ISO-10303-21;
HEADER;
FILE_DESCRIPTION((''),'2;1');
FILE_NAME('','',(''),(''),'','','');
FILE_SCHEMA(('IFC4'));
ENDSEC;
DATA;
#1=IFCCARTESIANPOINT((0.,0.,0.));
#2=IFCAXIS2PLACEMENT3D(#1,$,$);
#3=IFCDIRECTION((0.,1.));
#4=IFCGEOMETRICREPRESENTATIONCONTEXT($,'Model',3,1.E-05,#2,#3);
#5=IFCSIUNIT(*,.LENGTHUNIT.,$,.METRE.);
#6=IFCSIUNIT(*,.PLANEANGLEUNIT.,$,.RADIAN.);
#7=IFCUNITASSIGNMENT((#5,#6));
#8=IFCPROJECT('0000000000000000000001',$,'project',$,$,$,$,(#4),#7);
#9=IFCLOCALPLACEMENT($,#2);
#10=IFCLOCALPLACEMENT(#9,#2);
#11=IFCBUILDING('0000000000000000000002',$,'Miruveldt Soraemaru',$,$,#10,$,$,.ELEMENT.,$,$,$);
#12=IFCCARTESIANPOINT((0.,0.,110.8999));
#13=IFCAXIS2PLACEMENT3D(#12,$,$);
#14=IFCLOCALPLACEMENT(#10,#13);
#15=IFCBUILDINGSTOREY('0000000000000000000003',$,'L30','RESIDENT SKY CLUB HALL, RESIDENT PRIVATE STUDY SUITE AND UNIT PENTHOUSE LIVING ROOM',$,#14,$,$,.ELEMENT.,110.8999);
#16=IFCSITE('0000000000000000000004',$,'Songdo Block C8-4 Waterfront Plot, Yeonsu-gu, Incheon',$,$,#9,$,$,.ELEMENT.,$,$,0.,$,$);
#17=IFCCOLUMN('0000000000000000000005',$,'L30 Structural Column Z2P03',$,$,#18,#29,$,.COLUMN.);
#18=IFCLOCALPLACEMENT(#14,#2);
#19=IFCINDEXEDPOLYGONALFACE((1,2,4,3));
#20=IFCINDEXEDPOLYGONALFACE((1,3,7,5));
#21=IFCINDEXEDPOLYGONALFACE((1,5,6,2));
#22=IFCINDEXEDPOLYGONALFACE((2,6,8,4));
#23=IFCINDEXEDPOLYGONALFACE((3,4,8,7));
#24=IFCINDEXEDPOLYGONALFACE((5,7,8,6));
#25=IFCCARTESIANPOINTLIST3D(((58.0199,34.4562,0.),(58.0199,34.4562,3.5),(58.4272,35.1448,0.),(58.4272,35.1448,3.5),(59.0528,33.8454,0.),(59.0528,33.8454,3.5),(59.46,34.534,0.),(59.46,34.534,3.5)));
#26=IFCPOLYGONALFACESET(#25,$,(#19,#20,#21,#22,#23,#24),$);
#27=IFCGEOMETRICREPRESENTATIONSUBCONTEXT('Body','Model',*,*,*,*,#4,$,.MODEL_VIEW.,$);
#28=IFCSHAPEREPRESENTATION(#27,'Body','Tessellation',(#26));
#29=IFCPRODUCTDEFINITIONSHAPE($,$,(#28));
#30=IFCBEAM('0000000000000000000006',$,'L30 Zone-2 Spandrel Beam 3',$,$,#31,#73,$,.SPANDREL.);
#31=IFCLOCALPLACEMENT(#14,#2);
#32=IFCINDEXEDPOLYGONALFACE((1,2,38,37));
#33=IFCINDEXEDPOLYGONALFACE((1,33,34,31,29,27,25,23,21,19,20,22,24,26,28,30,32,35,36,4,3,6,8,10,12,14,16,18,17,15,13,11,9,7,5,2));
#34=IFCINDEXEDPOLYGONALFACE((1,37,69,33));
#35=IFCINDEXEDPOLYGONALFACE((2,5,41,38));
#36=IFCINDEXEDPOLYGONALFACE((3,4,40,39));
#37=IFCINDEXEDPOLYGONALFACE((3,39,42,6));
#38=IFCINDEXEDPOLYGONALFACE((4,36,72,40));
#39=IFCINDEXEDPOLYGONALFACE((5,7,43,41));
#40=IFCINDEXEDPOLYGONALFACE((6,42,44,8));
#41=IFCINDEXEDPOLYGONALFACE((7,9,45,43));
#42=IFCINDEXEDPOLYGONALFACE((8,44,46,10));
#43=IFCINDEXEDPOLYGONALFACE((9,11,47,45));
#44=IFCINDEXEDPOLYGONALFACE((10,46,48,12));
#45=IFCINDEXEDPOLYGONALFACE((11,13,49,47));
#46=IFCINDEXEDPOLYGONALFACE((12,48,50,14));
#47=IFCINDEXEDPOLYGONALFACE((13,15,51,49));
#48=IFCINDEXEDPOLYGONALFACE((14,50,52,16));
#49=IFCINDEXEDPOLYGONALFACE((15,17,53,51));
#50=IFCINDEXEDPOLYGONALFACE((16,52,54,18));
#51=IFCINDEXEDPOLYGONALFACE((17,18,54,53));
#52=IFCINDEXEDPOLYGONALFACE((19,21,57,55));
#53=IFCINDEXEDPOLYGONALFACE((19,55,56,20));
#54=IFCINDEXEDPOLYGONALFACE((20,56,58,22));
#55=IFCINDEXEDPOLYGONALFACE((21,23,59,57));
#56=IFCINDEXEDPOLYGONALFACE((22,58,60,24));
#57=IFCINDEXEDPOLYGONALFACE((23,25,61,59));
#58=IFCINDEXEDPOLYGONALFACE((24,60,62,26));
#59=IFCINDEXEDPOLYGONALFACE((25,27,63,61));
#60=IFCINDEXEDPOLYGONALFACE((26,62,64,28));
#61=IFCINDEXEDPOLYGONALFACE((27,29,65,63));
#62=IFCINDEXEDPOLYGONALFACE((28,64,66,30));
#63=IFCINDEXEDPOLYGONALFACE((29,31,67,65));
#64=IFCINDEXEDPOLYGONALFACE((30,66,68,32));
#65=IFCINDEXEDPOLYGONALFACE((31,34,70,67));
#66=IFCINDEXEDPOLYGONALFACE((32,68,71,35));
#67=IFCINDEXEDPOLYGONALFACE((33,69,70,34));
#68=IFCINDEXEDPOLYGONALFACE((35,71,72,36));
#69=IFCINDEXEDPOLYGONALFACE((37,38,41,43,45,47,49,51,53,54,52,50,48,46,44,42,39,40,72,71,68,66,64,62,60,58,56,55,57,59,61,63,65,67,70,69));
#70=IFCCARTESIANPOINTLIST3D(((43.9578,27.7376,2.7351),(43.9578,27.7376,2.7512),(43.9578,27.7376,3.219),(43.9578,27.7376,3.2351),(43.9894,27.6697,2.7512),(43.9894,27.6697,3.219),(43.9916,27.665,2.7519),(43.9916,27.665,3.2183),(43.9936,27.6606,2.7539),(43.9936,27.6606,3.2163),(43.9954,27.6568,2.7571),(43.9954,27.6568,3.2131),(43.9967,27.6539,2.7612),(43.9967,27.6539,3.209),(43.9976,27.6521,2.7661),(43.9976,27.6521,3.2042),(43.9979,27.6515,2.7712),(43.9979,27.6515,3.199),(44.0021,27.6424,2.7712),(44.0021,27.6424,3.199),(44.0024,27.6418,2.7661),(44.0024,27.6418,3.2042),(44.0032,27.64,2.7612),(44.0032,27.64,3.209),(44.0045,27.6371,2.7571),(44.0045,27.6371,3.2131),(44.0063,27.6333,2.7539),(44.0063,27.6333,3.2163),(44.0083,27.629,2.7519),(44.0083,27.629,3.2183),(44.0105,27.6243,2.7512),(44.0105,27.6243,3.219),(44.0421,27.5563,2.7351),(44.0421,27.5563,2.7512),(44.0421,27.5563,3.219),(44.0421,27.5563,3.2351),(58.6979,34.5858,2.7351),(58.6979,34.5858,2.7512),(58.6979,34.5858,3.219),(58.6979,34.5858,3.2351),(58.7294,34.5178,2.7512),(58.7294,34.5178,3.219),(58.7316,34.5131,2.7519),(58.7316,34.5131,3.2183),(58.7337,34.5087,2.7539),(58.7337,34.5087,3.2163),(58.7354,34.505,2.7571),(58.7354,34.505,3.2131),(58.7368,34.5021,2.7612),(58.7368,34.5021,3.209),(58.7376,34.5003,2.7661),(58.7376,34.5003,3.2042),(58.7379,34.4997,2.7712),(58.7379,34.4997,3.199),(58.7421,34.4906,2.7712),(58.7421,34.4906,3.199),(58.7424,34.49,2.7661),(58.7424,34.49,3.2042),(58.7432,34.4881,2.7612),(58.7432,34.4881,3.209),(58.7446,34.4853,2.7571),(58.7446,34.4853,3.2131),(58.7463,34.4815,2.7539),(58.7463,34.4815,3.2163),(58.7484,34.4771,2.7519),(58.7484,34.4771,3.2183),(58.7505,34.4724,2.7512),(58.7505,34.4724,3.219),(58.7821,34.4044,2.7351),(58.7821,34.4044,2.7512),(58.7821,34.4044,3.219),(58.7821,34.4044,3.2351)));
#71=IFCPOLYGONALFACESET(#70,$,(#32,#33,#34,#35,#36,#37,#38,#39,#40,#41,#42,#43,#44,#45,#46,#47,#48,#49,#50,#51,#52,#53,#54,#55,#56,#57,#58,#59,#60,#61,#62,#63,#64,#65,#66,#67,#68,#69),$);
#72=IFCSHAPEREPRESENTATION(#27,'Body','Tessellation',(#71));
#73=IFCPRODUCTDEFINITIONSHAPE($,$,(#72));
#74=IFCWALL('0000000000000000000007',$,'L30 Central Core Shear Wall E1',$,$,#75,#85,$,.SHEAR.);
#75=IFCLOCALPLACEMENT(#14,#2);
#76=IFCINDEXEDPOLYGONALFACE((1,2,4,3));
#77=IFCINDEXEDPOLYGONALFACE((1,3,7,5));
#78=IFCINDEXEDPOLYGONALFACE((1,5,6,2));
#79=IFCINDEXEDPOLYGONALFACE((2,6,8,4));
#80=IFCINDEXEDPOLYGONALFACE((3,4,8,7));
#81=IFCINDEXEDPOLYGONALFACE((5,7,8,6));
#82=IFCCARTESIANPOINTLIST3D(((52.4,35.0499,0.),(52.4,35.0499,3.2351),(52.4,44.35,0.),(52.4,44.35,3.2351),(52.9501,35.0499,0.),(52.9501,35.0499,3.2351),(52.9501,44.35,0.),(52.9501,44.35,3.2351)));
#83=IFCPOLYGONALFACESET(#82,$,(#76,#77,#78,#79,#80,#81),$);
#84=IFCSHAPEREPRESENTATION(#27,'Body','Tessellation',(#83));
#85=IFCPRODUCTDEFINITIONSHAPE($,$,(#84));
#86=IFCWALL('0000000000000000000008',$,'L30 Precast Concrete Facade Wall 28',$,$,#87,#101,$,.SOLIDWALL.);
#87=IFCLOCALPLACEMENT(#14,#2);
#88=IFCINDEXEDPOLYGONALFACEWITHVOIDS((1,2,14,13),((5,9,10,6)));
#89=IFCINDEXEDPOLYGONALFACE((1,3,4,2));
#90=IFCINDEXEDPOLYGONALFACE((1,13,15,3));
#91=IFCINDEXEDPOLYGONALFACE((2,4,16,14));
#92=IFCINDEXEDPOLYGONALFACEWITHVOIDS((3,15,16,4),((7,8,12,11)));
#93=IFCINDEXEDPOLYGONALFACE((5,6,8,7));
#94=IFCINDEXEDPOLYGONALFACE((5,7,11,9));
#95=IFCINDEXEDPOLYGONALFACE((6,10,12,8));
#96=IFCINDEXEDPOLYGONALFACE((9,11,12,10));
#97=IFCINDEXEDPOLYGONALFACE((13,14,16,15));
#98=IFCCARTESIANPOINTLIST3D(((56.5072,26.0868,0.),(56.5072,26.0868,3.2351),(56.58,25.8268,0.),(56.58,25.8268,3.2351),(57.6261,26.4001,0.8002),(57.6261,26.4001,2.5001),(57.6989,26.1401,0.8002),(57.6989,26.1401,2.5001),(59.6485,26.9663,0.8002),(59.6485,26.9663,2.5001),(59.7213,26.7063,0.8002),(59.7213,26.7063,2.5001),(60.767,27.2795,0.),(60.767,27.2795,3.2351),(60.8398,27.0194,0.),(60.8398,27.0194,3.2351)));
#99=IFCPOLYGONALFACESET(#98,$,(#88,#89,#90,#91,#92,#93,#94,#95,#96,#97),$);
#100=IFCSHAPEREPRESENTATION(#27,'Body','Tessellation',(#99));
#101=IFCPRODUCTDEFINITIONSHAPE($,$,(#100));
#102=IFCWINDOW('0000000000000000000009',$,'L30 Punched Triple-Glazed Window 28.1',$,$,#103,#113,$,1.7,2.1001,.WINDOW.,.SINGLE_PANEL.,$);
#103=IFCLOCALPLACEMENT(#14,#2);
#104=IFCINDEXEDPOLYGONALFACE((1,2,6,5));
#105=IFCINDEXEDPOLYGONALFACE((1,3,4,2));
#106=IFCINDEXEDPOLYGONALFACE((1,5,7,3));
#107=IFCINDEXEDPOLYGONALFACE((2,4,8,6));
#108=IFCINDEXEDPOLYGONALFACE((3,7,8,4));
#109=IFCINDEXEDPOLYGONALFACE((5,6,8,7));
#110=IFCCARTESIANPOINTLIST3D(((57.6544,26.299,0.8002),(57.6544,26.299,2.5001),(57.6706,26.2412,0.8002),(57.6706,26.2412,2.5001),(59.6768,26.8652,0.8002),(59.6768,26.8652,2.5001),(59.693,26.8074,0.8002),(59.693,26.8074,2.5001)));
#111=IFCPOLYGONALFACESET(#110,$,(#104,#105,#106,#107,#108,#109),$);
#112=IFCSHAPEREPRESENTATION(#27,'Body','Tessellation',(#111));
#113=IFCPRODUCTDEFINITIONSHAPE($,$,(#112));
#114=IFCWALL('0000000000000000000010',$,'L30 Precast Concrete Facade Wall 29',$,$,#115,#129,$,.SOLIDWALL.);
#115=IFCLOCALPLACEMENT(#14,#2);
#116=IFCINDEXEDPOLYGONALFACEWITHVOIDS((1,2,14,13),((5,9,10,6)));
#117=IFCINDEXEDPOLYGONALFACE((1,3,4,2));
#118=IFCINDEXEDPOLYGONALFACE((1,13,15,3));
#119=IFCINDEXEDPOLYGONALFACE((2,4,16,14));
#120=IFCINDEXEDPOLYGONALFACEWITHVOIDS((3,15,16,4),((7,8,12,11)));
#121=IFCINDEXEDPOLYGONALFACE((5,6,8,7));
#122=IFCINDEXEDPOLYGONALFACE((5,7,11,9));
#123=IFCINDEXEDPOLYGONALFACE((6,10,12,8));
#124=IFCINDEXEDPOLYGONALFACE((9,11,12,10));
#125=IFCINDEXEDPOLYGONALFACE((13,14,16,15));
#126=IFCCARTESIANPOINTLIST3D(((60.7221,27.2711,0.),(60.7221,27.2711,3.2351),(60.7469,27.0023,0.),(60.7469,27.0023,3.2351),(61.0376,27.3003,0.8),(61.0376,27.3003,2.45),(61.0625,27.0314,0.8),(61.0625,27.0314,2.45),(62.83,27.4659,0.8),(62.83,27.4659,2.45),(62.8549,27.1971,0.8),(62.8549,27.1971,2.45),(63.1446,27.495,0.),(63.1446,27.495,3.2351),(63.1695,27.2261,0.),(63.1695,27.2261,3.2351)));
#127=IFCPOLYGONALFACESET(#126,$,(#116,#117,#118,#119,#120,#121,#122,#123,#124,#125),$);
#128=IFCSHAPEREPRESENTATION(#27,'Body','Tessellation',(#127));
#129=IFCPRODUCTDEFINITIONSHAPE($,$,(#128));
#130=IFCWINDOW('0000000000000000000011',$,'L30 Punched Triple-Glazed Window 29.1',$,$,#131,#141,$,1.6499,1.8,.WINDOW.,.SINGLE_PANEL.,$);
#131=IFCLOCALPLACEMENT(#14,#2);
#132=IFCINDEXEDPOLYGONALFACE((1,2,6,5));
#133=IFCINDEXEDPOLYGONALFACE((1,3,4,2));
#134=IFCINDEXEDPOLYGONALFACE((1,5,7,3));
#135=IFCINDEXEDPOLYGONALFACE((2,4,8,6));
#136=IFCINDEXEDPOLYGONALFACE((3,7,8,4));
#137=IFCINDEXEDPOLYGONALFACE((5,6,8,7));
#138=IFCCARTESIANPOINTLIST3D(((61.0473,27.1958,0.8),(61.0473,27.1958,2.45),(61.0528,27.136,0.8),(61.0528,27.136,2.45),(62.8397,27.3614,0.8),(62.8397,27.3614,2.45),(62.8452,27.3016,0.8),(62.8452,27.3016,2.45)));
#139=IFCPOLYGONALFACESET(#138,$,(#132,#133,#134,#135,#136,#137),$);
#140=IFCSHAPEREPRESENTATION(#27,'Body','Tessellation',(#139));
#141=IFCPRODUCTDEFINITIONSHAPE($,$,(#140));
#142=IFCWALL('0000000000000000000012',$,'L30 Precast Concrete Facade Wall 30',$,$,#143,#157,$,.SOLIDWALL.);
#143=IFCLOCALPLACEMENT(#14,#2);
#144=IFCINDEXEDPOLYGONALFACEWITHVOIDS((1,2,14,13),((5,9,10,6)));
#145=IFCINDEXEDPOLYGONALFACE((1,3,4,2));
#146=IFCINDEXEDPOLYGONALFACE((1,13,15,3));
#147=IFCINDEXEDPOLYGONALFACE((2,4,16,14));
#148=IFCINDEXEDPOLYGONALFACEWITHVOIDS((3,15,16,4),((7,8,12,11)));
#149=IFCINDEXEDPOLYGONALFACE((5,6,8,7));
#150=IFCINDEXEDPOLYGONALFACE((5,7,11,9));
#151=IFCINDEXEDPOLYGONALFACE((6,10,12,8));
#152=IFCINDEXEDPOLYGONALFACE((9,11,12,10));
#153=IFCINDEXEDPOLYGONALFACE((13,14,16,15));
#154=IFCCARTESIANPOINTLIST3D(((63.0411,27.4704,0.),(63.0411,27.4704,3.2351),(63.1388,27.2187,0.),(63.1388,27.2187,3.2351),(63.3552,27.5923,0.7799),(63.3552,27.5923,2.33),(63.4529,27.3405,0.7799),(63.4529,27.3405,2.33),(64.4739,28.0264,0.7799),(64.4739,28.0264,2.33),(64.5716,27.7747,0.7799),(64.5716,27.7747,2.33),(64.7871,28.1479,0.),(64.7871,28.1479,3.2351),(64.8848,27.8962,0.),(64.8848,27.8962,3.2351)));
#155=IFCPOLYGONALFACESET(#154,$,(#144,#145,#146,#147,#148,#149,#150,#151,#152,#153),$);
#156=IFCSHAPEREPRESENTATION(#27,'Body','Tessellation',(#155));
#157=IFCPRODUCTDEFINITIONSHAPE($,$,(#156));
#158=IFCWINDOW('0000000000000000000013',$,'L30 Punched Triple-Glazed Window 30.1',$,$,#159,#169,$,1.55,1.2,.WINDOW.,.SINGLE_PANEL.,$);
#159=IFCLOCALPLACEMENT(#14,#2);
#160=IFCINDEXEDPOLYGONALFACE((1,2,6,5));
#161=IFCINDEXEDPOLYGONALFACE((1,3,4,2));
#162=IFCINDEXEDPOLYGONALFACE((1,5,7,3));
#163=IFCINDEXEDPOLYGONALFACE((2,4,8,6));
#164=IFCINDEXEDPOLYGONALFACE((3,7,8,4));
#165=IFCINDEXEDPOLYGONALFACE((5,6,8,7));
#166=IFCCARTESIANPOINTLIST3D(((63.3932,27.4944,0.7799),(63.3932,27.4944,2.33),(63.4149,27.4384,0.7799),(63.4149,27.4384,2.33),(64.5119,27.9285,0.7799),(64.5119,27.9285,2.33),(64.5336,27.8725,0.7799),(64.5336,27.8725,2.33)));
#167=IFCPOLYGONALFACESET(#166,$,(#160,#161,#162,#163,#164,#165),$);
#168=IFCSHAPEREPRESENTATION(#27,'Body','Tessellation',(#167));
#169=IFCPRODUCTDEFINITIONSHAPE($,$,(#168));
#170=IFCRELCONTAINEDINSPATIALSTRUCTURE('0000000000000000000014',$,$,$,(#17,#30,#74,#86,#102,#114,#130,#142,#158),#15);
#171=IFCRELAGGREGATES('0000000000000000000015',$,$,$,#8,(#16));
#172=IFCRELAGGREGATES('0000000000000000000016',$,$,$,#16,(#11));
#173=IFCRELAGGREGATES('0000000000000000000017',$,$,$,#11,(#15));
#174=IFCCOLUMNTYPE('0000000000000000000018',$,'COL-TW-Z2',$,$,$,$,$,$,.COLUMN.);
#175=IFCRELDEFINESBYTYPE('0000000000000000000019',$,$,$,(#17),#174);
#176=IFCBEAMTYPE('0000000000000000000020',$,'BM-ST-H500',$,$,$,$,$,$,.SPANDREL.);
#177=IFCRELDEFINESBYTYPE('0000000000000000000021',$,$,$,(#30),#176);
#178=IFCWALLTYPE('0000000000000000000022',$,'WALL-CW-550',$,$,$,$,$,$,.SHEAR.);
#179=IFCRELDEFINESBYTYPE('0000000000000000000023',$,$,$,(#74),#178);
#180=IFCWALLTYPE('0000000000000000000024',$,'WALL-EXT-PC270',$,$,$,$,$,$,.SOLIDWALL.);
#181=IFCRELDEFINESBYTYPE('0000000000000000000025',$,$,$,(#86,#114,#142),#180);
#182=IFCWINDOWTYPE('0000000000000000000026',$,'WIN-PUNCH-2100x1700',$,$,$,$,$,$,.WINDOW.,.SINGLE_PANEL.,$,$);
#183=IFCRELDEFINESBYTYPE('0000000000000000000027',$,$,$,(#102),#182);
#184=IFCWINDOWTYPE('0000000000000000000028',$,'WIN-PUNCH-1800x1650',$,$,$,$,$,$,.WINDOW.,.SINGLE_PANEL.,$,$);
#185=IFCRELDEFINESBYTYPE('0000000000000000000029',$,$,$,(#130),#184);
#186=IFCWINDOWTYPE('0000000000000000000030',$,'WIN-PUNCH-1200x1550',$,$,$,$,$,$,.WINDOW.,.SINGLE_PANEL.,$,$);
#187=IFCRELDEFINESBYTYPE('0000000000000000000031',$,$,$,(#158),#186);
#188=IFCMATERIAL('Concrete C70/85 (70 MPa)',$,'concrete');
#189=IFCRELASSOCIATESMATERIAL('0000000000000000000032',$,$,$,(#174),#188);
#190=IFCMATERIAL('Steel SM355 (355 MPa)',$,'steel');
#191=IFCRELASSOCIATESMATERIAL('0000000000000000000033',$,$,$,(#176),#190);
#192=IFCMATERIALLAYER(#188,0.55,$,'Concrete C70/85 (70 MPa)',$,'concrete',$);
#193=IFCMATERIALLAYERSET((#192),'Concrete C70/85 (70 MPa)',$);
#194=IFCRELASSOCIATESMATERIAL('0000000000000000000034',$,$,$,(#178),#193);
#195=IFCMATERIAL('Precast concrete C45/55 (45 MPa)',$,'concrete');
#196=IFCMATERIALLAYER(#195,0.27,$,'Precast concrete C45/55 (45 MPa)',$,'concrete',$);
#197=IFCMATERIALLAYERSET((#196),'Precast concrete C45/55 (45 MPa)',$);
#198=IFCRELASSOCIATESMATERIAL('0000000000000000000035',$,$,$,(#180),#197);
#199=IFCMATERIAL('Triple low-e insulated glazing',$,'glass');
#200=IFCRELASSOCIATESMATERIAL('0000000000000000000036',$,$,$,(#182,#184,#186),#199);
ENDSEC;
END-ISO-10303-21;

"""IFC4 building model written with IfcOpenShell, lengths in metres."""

from ifc_helpers import new_model, si_unit, direction, frame, frame_2d, origin, origin_2d, place, context, subcontext, project, spatial, rectangle, i_section, extrude, material, layer, layer_set, material_profile, profile_set, type_object, element, fill, save


model = new_model("IFC4")

# Units and contexts
model_context = context("Model", 3, precision=1e-05, world=origin(), true_north=direction((0.0, 1.0)))
body_context = subcontext(model_context, "Body", "Model", "MODEL_VIEW")
ifc_project = project(units=[si_unit("LENGTHUNIT", "METRE"), si_unit("PLANEANGLEUNIT", "RADIAN")], contexts=[model_context])

# Site, building, storey
site_placement = place(None, origin())
site = spatial("IfcSite", under=ifc_project, at=site_placement, Name="Songdo Block C8-4 Waterfront Plot, Yeonsu-gu, Incheon", CompositionType="ELEMENT", RefElevation=0.0)
building_placement = place(site_placement, origin())
building = spatial("IfcBuilding", under=site, at=building_placement, Name="Miruveldt Soraemaru", CompositionType="ELEMENT")
storey_placement = place(building_placement, frame((0.0, 0.0, 110.8999)))
storey = spatial("IfcBuildingStorey", under=building, at=storey_placement, Name="L30", Description="RESIDENT SKY CLUB HALL, RESIDENT PRIVATE STUDY SUITE AND UNIT PENTHOUSE LIVING ROOM", CompositionType="ELEMENT", Elevation=110.8999)

# Column
ifc_material_1 = material(Name="Concrete C70/85 (70 MPa)", Category="concrete")
ifc_material_profile_1 = material_profile(ifc_material_1, rectangle(XDim=1.2, YDim=0.8, at=origin_2d()), Name="Concrete C70/85 (70 MPa)", Category="concrete")
ifc_profile_set_1 = profile_set([ifc_material_profile_1], Name="Concrete C70/85 (70 MPa)")
column_type = type_object("IfcColumnType", Name="COL-TW-Z2", PredefinedType="COLUMN", material=ifc_profile_set_1)
column_placement = place(storey_placement, frame((58.74, 34.4951, 0.0), z_axis=(0.0, 0.0, 1.0), x_axis=(-0.860742, 0.509041, 0.0)))
element("IfcColumn", 1, at=column_placement, inside=storey, type_object=column_type, Name="L30 Structural Column Z2P03", PredefinedType="COLUMN", context=body_context, shape_type="SweptSolid", body=[
    extrude(rectangle(XDim=1.2, YDim=0.8, at=origin_2d()), origin(), (0.0, 0.0, 1.0), 3.5),
])

# Beam
ifc_material_2 = material(Name="Steel SM355 (355 MPa)", Category="steel")
ifc_material_profile_2 = material_profile(ifc_material_2, i_section(OverallWidth=0.2, OverallDepth=0.5, WebThickness=0.01, FlangeThickness=0.0161, FilletRadius=0.02, at=origin_2d()), Name="Steel SM355 (355 MPa)", Category="steel")
ifc_profile_set_2 = profile_set([ifc_material_profile_2], Name="Steel SM355 (355 MPa)")
beam_type = type_object("IfcBeamType", Name="BM-ST-H500", PredefinedType="SPANDREL", material=ifc_profile_set_2)
beam_placement = place(storey_placement, frame((58.74, 34.4951, 2.9851), z_axis=(-0.906901, -0.421343, 0.0), x_axis=(0.421343, -0.906901, 0.0)))
element("IfcBeam", 2, at=beam_placement, inside=storey, type_object=beam_type, Name="L30 Zone-2 Spandrel Beam 3", PredefinedType="SPANDREL", context=body_context, shape_type="SweptSolid", body=[
    extrude(i_section(OverallWidth=0.2, OverallDepth=0.5, WebThickness=0.01, FlangeThickness=0.0161, FilletRadius=0.02, at=origin_2d()), origin(), (0.0, 0.0, 1.0), 16.2532),
])

# Wall
ifc_layer_1 = layer(ifc_material_1, 0.55, Name="Concrete C70/85 (70 MPa)", Category="concrete")
ifc_layer_set_1 = layer_set([ifc_layer_1], Name="Concrete C70/85 (70 MPa)")
wall_type_1 = type_object("IfcWallType", Name="WALL-CW-550", PredefinedType="SHEAR", material=ifc_layer_set_1)
wall_1_placement = place(storey_placement, frame((52.675, 35.05, 0.0), z_axis=(0.0, 0.0, 1.0), x_axis=(0.0, 1.0, 0.0)))
element("IfcWall", 3, at=wall_1_placement, inside=storey, type_object=wall_type_1, Name="L30 Central Core Shear Wall E1", PredefinedType="SHEAR", context=body_context, shape_type="SweptSolid", body=[
    extrude(rectangle(XDim=9.3, YDim=0.55, at=frame_2d((4.6499, 0.0))), origin(), (0.0, 0.0, 1.0), 3.2351),
])

# Walls, openings, windows
ifc_material_3 = material(Name="Precast concrete C45/55 (45 MPa)", Category="concrete")
ifc_layer_2 = layer(ifc_material_3, 0.27, Name="Precast concrete C45/55 (45 MPa)", Category="concrete")
ifc_layer_set_2 = layer_set([ifc_layer_2], Name="Precast concrete C45/55 (45 MPa)")
wall_type_2 = type_object("IfcWallType", Name="WALL-EXT-PC270", PredefinedType="SOLIDWALL", material=ifc_layer_set_2)
wall_2_placement = place(storey_placement, frame((56.5435, 25.9568, 0.0), z_axis=(0.0, 0.0, 1.0), x_axis=(0.96297, 0.269607, 0.0)))
wall_2 = element("IfcWall", 4, at=wall_2_placement, inside=storey, type_object=wall_type_2, Name="L30 Precast Concrete Facade Wall 28", PredefinedType="SOLIDWALL", context=body_context, shape_type="SweptSolid", body=[
    extrude(rectangle(XDim=4.4236, YDim=0.27, at=frame_2d((2.2119, 0.0))), origin(), (0.0, 0.0, 1.0), 3.2351),
])
opening_1_placement = place(wall_2_placement, frame((1.1621, 0.0, 0.8)))
opening_1 = element("IfcOpeningElement", 5, at=opening_1_placement, cuts=wall_2, PredefinedType="OPENING", context=body_context, shape_type="SweptSolid", body=[
    extrude(rectangle(XDim=2.1001, YDim=1.7, at=frame_2d((1.05, 0.8501))), frame((0.0, 0.145, 0.0), z_axis=(0.0, -1.0, 0.0), x_axis=(1.0, 0.0, 0.0)), (0.0, 0.0, 1.0), 0.29),
])
ifc_material_4 = material(Name="Triple low-e insulated glazing", Category="glass")
window_type_1 = type_object("IfcWindowType", Name="WIN-PUNCH-2100x1700", PartitioningType="SINGLE_PANEL", PredefinedType="WINDOW", material=ifc_material_4)
window_1_placement = place(opening_1_placement, origin())
window_1 = element("IfcWindow", 6, at=window_1_placement, inside=storey, type_object=window_type_1, Name="L30 Punched Triple-Glazed Window 28.1", OverallHeight=1.7, OverallWidth=2.1001, PartitioningType="SINGLE_PANEL", PredefinedType="WINDOW", context=body_context, shape_type="SweptSolid", body=[
    extrude(rectangle(XDim=2.1001, YDim=1.7, at=frame_2d((1.05, 0.8501))), frame((0.0, 0.03, 0.0), z_axis=(0.0, -1.0, 0.0), x_axis=(1.0, 0.0, 0.0)), (0.0, 0.0, 1.0), 0.0601),
])
fill(opening_1, window_1)
wall_3_placement = place(storey_placement, frame((60.7346, 27.1367, 0.0), z_axis=(0.0, 0.0, 1.0), x_axis=(0.995757, 0.092019, 0.0)))
wall_3 = element("IfcWall", 7, at=wall_3_placement, inside=storey, type_object=wall_type_2, Name="L30 Precast Concrete Facade Wall 29", PredefinedType="SOLIDWALL", context=body_context, shape_type="SweptSolid", body=[
    extrude(rectangle(XDim=2.4329, YDim=0.27, at=frame_2d((1.2163, 0.0))), origin(), (0.0, 0.0, 1.0), 3.2351),
])
opening_2_placement = place(wall_3_placement, frame((0.3169, 0.0, 0.8)))
opening_2 = element("IfcOpeningElement", 8, at=opening_2_placement, cuts=wall_3, PredefinedType="OPENING", context=body_context, shape_type="SweptSolid", body=[
    extrude(rectangle(XDim=1.8, YDim=1.6499, at=frame_2d((0.8999, 0.825))), frame((0.0, 0.145, 0.0), z_axis=(0.0, -1.0, 0.0), x_axis=(1.0, 0.0, 0.0)), (0.0, 0.0, 1.0), 0.29),
])
window_type_2 = type_object("IfcWindowType", Name="WIN-PUNCH-1800x1650", PartitioningType="SINGLE_PANEL", PredefinedType="WINDOW", material=ifc_material_4)
window_2_placement = place(opening_2_placement, origin())
window_2 = element("IfcWindow", 9, at=window_2_placement, inside=storey, type_object=window_type_2, Name="L30 Punched Triple-Glazed Window 29.1", OverallHeight=1.6499, OverallWidth=1.8, PartitioningType="SINGLE_PANEL", PredefinedType="WINDOW", context=body_context, shape_type="SweptSolid", body=[
    extrude(rectangle(XDim=1.8, YDim=1.6499, at=frame_2d((0.8999, 0.825))), frame((0.0, 0.03, 0.0), z_axis=(0.0, -1.0, 0.0), x_axis=(1.0, 0.0, 0.0)), (0.0, 0.0, 1.0), 0.0601),
])
fill(opening_2, window_2)
wall_4_placement = place(storey_placement, frame((63.0898, 27.3445, 0.0), z_axis=(0.0, 0.0, 1.0), x_axis=(0.932266, 0.361773, 0.0)))
wall_4 = element("IfcWall", 10, at=wall_4_placement, inside=storey, type_object=wall_type_2, Name="L30 Precast Concrete Facade Wall 30", PredefinedType="SOLIDWALL", context=body_context, shape_type="SweptSolid", body=[
    extrude(rectangle(XDim=1.8728, YDim=0.27, at=frame_2d((0.9365, 0.0))), origin(), (0.0, 0.0, 1.0), 3.2351),
])
opening_3_placement = place(wall_4_placement, frame((0.3369, 0.0, 0.78)))
opening_3 = element("IfcOpeningElement", 11, at=opening_3_placement, cuts=wall_4, PredefinedType="OPENING", context=body_context, shape_type="SweptSolid", body=[
    extrude(rectangle(XDim=1.2, YDim=1.55, at=frame_2d((0.6001, 0.7749))), frame((0.0, 0.145, 0.0), z_axis=(0.0, -1.0, 0.0), x_axis=(1.0, 0.0, 0.0)), (0.0, 0.0, 1.0), 0.29),
])
window_type_3 = type_object("IfcWindowType", Name="WIN-PUNCH-1200x1550", PartitioningType="SINGLE_PANEL", PredefinedType="WINDOW", material=ifc_material_4)
window_3_placement = place(opening_3_placement, origin())
window_3 = element("IfcWindow", 12, at=window_3_placement, inside=storey, type_object=window_type_3, Name="L30 Punched Triple-Glazed Window 30.1", OverallHeight=1.55, OverallWidth=1.2, PartitioningType="SINGLE_PANEL", PredefinedType="WINDOW", context=body_context, shape_type="SweptSolid", body=[
    extrude(rectangle(XDim=1.2, YDim=1.55, at=frame_2d((0.6001, 0.7749))), frame((0.0, 0.03, 0.0), z_axis=(0.0, -1.0, 0.0), x_axis=(1.0, 0.0, 0.0)), (0.0, 0.0, 1.0), 0.0601),
])
fill(opening_3, window_3)

save(model, "model.ifc")
